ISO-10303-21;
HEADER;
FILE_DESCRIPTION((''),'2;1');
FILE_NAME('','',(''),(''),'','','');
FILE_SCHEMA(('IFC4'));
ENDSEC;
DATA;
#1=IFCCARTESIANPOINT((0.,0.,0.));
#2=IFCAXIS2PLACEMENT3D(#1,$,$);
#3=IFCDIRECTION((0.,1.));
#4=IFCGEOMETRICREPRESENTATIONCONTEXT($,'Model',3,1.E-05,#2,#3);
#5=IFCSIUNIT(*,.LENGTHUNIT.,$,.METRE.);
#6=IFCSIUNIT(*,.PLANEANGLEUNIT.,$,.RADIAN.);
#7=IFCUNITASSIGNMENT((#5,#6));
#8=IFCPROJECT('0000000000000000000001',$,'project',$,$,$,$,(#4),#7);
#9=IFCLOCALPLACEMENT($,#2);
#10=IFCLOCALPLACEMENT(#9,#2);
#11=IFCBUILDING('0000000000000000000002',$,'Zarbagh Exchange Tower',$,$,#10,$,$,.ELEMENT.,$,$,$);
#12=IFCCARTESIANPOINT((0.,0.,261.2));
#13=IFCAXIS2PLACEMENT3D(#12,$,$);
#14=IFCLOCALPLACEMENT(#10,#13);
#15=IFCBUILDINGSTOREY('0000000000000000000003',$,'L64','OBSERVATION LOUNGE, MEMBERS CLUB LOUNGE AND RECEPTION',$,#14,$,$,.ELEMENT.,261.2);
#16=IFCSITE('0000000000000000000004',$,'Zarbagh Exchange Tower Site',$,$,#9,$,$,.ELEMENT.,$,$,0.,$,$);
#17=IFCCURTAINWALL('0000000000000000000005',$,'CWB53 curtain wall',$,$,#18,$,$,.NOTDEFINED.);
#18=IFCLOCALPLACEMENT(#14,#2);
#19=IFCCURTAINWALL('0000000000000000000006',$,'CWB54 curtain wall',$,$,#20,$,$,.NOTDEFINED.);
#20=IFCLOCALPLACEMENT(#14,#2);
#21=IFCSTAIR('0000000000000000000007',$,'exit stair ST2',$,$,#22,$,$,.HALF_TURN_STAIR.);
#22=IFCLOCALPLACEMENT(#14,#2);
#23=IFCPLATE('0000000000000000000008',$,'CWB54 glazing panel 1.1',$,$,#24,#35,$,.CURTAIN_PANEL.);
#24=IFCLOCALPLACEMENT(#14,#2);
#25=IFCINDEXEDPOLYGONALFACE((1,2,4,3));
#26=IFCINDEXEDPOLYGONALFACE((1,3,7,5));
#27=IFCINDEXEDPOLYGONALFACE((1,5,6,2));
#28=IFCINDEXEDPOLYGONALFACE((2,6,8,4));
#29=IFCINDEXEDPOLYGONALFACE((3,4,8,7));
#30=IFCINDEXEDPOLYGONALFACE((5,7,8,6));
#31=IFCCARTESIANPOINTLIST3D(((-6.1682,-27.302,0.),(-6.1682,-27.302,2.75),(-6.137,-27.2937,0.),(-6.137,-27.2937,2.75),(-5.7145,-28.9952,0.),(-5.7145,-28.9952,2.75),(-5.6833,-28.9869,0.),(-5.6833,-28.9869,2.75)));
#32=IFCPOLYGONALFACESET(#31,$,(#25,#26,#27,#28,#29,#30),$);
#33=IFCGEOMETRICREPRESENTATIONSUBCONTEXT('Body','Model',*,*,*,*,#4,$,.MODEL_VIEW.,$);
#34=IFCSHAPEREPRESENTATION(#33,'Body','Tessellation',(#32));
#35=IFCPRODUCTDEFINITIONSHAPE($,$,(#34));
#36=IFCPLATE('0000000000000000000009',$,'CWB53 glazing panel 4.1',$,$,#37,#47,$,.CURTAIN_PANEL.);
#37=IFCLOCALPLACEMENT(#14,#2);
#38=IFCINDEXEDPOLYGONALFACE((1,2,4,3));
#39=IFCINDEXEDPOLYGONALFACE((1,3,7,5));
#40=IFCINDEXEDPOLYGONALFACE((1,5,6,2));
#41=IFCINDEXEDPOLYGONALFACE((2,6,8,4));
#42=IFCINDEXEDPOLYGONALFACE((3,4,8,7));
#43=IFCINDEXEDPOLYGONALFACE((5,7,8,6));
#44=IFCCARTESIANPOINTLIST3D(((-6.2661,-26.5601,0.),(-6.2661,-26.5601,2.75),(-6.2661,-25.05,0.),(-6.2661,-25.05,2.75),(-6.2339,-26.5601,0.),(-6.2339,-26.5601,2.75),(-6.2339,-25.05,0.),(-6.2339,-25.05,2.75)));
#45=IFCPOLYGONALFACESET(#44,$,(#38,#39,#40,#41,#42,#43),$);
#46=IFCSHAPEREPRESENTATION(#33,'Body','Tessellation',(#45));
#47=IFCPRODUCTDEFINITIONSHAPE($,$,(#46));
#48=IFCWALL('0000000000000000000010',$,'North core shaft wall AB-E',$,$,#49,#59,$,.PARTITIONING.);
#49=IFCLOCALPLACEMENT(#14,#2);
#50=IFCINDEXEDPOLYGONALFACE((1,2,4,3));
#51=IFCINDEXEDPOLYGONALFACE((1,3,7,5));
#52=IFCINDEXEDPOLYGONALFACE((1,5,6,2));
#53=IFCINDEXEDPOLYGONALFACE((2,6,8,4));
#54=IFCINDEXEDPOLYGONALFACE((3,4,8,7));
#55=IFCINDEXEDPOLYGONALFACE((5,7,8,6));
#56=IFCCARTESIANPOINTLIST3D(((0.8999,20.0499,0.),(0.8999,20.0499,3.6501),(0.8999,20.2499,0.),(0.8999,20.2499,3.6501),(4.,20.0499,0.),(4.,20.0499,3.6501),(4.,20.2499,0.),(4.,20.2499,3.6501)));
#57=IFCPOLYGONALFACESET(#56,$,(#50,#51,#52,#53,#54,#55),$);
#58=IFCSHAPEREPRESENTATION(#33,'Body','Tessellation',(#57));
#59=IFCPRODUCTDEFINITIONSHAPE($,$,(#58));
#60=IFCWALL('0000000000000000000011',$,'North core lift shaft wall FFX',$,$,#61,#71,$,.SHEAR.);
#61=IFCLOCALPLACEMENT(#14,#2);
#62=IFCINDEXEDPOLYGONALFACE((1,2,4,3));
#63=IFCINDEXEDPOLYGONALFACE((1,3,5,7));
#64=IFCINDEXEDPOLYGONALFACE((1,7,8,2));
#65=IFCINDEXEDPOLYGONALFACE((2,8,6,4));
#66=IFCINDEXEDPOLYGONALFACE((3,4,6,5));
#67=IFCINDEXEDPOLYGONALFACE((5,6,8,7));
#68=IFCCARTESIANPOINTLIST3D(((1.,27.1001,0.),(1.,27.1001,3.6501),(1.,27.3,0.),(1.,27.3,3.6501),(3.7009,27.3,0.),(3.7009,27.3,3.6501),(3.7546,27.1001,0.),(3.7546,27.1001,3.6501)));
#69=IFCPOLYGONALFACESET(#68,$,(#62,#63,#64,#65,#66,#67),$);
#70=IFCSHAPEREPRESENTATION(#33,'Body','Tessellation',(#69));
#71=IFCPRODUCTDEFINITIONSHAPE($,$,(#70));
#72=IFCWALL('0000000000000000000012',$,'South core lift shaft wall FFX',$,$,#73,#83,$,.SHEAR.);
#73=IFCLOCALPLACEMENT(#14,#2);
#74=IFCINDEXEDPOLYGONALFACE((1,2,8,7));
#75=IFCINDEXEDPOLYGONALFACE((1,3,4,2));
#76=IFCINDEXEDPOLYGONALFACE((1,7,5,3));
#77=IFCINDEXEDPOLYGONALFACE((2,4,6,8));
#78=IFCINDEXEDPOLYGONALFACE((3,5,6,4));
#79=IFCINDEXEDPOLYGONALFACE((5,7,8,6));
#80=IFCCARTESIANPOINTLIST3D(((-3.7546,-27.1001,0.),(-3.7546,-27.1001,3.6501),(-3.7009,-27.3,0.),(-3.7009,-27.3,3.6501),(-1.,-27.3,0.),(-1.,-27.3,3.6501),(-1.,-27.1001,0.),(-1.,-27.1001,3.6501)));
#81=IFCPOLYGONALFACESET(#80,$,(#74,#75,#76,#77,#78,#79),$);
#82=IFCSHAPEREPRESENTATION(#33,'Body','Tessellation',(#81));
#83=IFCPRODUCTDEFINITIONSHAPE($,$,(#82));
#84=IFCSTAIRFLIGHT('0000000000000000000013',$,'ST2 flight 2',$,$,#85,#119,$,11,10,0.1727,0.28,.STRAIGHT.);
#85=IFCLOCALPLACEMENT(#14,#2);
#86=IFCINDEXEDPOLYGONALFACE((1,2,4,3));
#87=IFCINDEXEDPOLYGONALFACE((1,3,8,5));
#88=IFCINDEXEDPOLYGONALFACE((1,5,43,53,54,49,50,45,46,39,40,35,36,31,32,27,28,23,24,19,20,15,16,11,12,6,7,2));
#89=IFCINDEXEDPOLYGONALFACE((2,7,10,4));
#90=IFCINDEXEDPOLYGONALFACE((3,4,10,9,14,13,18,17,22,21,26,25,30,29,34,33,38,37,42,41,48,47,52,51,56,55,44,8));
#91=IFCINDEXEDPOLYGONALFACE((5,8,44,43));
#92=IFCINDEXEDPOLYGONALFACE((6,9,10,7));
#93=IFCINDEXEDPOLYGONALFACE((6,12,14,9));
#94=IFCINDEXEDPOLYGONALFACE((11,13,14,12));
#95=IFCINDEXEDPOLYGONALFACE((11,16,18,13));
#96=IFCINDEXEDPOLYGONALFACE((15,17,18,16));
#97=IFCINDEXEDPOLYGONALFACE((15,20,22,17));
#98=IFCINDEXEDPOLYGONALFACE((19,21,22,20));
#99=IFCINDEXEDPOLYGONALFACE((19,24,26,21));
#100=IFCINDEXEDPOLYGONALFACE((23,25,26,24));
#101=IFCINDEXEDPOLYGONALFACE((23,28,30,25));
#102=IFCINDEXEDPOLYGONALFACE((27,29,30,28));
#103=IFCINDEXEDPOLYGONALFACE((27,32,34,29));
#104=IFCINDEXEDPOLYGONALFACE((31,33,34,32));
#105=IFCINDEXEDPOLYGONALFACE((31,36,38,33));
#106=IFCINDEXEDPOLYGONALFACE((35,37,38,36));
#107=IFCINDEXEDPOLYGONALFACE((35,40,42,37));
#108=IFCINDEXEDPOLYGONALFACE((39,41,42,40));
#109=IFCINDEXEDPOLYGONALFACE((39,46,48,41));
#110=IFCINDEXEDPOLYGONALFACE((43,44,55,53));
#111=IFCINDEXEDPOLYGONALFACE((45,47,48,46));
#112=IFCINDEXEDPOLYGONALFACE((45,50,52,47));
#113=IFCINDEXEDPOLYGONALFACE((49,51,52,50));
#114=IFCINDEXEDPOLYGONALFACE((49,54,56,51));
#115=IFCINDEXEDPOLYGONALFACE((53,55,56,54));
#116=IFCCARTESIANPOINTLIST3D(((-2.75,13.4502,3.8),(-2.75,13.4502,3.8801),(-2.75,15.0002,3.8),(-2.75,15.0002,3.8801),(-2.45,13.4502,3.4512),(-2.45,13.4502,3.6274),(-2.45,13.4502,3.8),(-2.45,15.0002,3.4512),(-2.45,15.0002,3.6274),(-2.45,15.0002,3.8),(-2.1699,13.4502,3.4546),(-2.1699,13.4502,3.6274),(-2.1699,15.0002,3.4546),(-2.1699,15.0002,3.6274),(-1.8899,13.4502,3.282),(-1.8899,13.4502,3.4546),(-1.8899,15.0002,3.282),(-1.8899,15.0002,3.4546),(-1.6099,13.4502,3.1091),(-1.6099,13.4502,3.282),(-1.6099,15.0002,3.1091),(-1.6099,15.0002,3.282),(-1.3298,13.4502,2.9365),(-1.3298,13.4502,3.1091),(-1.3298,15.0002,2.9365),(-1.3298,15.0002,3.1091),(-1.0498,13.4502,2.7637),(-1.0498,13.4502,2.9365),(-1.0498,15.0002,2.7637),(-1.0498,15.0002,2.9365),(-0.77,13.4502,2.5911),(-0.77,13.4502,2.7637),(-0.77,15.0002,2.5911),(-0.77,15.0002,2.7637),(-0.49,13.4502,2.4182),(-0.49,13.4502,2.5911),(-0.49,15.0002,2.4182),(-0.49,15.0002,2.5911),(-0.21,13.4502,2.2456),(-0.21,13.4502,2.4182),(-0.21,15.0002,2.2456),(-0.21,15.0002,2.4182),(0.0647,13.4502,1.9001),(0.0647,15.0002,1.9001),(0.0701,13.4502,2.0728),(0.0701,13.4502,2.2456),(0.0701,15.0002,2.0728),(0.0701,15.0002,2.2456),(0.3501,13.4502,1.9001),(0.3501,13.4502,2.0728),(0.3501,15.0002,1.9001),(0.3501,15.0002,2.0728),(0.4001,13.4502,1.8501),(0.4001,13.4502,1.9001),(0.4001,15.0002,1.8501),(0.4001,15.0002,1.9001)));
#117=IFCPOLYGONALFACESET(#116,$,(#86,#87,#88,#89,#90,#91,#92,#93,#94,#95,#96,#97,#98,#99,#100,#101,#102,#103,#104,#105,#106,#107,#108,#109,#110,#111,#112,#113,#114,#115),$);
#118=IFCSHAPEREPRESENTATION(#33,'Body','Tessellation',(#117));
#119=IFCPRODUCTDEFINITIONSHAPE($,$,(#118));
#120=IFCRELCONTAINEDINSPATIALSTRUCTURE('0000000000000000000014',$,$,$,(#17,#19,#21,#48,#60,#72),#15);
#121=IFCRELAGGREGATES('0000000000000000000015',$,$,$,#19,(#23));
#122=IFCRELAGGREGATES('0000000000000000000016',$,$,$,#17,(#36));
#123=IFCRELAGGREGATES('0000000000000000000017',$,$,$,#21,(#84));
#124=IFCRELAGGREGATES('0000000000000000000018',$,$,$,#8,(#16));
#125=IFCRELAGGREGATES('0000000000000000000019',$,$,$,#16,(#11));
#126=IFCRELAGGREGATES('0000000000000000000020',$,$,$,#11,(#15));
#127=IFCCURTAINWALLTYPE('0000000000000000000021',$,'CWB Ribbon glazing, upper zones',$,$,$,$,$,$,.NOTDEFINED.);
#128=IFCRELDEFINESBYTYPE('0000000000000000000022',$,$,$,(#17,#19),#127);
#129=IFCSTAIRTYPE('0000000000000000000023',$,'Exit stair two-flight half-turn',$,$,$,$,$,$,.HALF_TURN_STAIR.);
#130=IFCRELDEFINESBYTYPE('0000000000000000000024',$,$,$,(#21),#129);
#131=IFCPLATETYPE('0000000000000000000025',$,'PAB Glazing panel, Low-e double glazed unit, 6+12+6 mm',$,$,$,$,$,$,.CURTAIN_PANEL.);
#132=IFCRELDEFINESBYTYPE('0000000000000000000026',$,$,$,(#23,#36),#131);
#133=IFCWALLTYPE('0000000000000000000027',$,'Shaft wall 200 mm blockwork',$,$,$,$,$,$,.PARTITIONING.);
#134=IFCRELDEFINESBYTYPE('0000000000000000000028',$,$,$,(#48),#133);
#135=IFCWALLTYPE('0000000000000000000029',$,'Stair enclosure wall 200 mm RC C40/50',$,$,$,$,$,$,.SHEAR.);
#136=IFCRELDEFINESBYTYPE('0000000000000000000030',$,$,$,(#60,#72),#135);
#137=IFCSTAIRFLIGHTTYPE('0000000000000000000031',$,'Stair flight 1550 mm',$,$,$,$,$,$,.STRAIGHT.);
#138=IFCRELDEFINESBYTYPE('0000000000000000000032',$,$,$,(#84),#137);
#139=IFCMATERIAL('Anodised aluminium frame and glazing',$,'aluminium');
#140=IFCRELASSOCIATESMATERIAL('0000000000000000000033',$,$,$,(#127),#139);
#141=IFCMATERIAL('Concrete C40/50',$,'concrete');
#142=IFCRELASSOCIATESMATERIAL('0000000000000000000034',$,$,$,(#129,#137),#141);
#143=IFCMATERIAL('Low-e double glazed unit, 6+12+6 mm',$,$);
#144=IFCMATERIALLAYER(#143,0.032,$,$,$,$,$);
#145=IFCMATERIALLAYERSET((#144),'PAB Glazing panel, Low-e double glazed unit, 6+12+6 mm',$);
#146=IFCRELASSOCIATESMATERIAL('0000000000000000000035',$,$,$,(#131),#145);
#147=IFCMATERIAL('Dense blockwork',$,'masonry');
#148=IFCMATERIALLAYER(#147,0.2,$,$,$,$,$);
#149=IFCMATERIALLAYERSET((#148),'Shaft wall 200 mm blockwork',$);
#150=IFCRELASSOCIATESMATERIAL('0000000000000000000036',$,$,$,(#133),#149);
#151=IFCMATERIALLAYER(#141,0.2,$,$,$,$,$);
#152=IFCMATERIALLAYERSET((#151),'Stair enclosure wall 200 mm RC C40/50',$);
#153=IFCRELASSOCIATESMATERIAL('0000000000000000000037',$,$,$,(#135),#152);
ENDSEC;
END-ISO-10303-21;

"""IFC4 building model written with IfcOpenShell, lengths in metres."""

from ifc_helpers import new_model, si_unit, direction, frame, frame_2d, origin, place, context, subcontext, project, spatial, polyline, rectangle, outline, extrude, source, transform, mapped, material, layer, layer_set, type_object, element, aggregate, save


model = new_model("IFC4")

# Units and contexts
model_context = context("Model", 3, precision=1e-05, world=origin(), true_north=direction((0.0, 1.0)))
body_context = subcontext(model_context, "Body", "Model", "MODEL_VIEW")
ifc_project = project(units=[si_unit("LENGTHUNIT", "METRE"), si_unit("PLANEANGLEUNIT", "RADIAN")], contexts=[model_context])

# Site, building, storey
site_placement = place(None, origin())
site = spatial("IfcSite", under=ifc_project, at=site_placement, Name="Zarbagh Exchange Tower Site", CompositionType="ELEMENT", RefElevation=0.0)
building_placement = place(site_placement, origin())
building = spatial("IfcBuilding", under=site, at=building_placement, Name="Zarbagh Exchange Tower", CompositionType="ELEMENT")
storey_placement = place(building_placement, frame((0.0, 0.0, 261.2)))
storey = spatial("IfcBuildingStorey", under=building, at=storey_placement, Name="L64", Description="OBSERVATION LOUNGE, MEMBERS CLUB LOUNGE AND RECEPTION", CompositionType="ELEMENT", Elevation=261.2)

# Curtain wall
ifc_material_1 = material(Name="Anodised aluminium frame and glazing", Category="aluminium")
curtain_wall_type = type_object("IfcCurtainWallType", Name="CWB Ribbon glazing, upper zones", PredefinedType="NOTDEFINED", material=ifc_material_1)
curtain_wall_1_placement = place(storey_placement, origin())
curtain_wall_1 = element("IfcCurtainWall", 1, at=curtain_wall_1_placement, inside=storey, type_object=curtain_wall_type, Name="CWB53 curtain wall", PredefinedType="NOTDEFINED")
placement = place(storey_placement, origin())

# Curtain wall
curtain_wall_2_placement = place(storey_placement, origin())
curtain_wall_2 = element("IfcCurtainWall", 2, at=curtain_wall_2_placement, inside=storey, type_object=curtain_wall_type, Name="CWB54 curtain wall", PredefinedType="NOTDEFINED")

# Stair
ifc_material_2 = material(Name="Concrete C40/50", Category="concrete")
stair_type = type_object("IfcStairType", Name="Exit stair two-flight half-turn", PredefinedType="HALF_TURN_STAIR", material=ifc_material_2)
stair_1_placement = place(storey_placement, origin())
stair_1 = element("IfcStair", 3, at=stair_1_placement, inside=storey, type_object=stair_type, Name="exit stair ST2", PredefinedType="HALF_TURN_STAIR")

# Shared definitions
ifc_material_3 = material(Name="Low-e double glazed unit, 6+12+6 mm")
ifc_layer_1 = layer(ifc_material_3, 0.032)
ifc_layer_set_1 = layer_set([ifc_layer_1], Name="PAB Glazing panel, Low-e double glazed unit, 6+12+6 mm")
plate_type = type_object("IfcPlateType", Name="PAB Glazing panel, Low-e double glazed unit, 6+12+6 mm", PredefinedType="CURTAIN_PANEL", material=ifc_layer_set_1)

# Plates
shared_shape_1 = source(origin(), body_context, "Body", "SweptSolid", [
    extrude(outline(polyline([(0.0, -0.0161), (1.7529, -0.0161), (1.7529, 0.0161), (0.0, 0.0161), (0.0, -0.0161)])), origin(), (0.0, 0.0, 1.0), 2.75),
])
plate_1 = element("IfcPlate", 4, at=placement, type_object=plate_type, Name="CWB54 glazing panel 1.1", PredefinedType="CURTAIN_PANEL", context=body_context, shape_type="MappedRepresentation", body=[
    mapped(shared_shape_1, transform((-6.1526, -27.2979, 0.0), x_axis=(0.258825, -0.965924, 0.0), y_axis=(0.965924, 0.258825, 0.0), z_axis=(0.0, 0.0, 1.0))),
])
aggregate(curtain_wall_2, [plate_1])
shared_shape_2 = source(origin(), body_context, "Body", "SweptSolid", [
    extrude(outline(polyline([(0.0, -0.0161), (1.51, -0.0161), (1.51, 0.0161), (0.0, 0.0161), (0.0, -0.0161)])), origin(), (0.0, 0.0, 1.0), 2.75),
])
plate_2 = element("IfcPlate", 5, at=placement, type_object=plate_type, Name="CWB53 glazing panel 4.1", PredefinedType="CURTAIN_PANEL", context=body_context, shape_type="MappedRepresentation", body=[
    mapped(shared_shape_2, transform((-6.25, -25.05, 0.0), x_axis=(0.0, -1.0, 0.0), y_axis=(1.0, 0.0, 0.0), z_axis=(0.0, 0.0, 1.0))),
])
aggregate(curtain_wall_1, [plate_2])

# Walls
ifc_material_4 = material(Name="Dense blockwork", Category="masonry")
ifc_layer_2 = layer(ifc_material_4, 0.2)
ifc_layer_set_2 = layer_set([ifc_layer_2], Name="Shaft wall 200 mm blockwork")
wall_type_1 = type_object("IfcWallType", Name="Shaft wall 200 mm blockwork", PredefinedType="PARTITIONING", material=ifc_layer_set_2)
wall_1_placement = place(storey_placement, frame((0.8999, 20.1499, 0.0), z_axis=(0.0, 0.0, 1.0), x_axis=(1.0, 0.0, 0.0)))
element("IfcWall", 6, at=wall_1_placement, inside=storey, type_object=wall_type_1, Name="North core shaft wall AB-E", PredefinedType="PARTITIONING", context=body_context, shape_type="SweptSolid", body=[
    extrude(rectangle(XDim=3.1001, YDim=0.2, at=frame_2d((1.55, 0.0))), origin(), (0.0, 0.0, 1.0), 3.6501),
])
ifc_layer_3 = layer(ifc_material_2, 0.2)
ifc_layer_set_3 = layer_set([ifc_layer_3], Name="Stair enclosure wall 200 mm RC C40/50")
wall_type_2 = type_object("IfcWallType", Name="Stair enclosure wall 200 mm RC C40/50", PredefinedType="SHEAR", material=ifc_layer_set_3)
wall_2_placement = place(storey_placement, origin())
element("IfcWall", 7, at=wall_2_placement, inside=storey, type_object=wall_type_2, Name="North core lift shaft wall FFX", PredefinedType="SHEAR", context=body_context, shape_type="SweptSolid", body=[
    extrude(outline(polyline([(1.0, 27.1001), (3.7546, 27.1001), (3.7009, 27.3), (1.0, 27.3), (1.0, 27.1001)])), origin(), (0.0, 0.0, 1.0), 3.6501),
])
wall_3_placement = place(storey_placement, origin())
element("IfcWall", 8, at=wall_3_placement, inside=storey, type_object=wall_type_2, Name="South core lift shaft wall FFX", PredefinedType="SHEAR", context=body_context, shape_type="SweptSolid", body=[
    extrude(outline(polyline([(-1.0, -27.1001), (-3.7546, -27.1001), (-3.7009, -27.3), (-1.0, -27.3), (-1.0, -27.1001)])), origin(), (0.0, 0.0, 1.0), 3.6501),
])

# Stair flight
stair_flight_type = type_object("IfcStairFlightType", Name="Stair flight 1550 mm", PredefinedType="STRAIGHT", material=ifc_material_2)
stair_flight_placement = place(storey_placement, frame((0.3501, 14.2251, 1.9001), z_axis=(0.0, 0.0, 1.0), x_axis=(-1.0, 0.0, 0.0)))
stair_flight = element("IfcStairFlight", 9, at=stair_flight_placement, type_object=stair_flight_type, Name="ST2 flight 2", NumberOfRisers=11, NumberOfTreads=10, PredefinedType="STRAIGHT", RiserHeight=0.1727, TreadLength=0.28, context=body_context, shape_type="SweptSolid", body=[
    extrude(outline(polyline([(-0.05, -0.05), (-0.05, 0.0), (0.0, 0.0), (0.0, 0.1726), (0.28, 0.1726), (0.28, 0.3455), (0.5601, 0.3455), (0.5601, 0.5181), (0.8401, 0.5181), (0.8401, 0.6909), (1.1201, 0.6909), (1.1201, 0.8635), (1.3999, 0.8635), (1.3999, 1.0364), (1.6799, 1.0364), (1.6799, 1.209), (1.96, 1.209), (1.96, 1.3818), (2.24, 1.3818), (2.24, 1.5544), (2.52, 1.5544), (2.52, 1.7273), (2.8, 1.7273), (2.8, 1.8999), (3.1001, 1.98), (3.1001, 1.8999), (2.8, 1.551), (0.2854, 0.0), (-0.05, -0.05)])), frame((0.0, 0.7749, 0.0), z_axis=(0.0, -1.0, 0.0), x_axis=(1.0, 0.0, 0.0)), (0.0, 0.0, 1.0), 1.55),
])
aggregate(stair_1, [stair_flight])

save(model, "model.ifc")
